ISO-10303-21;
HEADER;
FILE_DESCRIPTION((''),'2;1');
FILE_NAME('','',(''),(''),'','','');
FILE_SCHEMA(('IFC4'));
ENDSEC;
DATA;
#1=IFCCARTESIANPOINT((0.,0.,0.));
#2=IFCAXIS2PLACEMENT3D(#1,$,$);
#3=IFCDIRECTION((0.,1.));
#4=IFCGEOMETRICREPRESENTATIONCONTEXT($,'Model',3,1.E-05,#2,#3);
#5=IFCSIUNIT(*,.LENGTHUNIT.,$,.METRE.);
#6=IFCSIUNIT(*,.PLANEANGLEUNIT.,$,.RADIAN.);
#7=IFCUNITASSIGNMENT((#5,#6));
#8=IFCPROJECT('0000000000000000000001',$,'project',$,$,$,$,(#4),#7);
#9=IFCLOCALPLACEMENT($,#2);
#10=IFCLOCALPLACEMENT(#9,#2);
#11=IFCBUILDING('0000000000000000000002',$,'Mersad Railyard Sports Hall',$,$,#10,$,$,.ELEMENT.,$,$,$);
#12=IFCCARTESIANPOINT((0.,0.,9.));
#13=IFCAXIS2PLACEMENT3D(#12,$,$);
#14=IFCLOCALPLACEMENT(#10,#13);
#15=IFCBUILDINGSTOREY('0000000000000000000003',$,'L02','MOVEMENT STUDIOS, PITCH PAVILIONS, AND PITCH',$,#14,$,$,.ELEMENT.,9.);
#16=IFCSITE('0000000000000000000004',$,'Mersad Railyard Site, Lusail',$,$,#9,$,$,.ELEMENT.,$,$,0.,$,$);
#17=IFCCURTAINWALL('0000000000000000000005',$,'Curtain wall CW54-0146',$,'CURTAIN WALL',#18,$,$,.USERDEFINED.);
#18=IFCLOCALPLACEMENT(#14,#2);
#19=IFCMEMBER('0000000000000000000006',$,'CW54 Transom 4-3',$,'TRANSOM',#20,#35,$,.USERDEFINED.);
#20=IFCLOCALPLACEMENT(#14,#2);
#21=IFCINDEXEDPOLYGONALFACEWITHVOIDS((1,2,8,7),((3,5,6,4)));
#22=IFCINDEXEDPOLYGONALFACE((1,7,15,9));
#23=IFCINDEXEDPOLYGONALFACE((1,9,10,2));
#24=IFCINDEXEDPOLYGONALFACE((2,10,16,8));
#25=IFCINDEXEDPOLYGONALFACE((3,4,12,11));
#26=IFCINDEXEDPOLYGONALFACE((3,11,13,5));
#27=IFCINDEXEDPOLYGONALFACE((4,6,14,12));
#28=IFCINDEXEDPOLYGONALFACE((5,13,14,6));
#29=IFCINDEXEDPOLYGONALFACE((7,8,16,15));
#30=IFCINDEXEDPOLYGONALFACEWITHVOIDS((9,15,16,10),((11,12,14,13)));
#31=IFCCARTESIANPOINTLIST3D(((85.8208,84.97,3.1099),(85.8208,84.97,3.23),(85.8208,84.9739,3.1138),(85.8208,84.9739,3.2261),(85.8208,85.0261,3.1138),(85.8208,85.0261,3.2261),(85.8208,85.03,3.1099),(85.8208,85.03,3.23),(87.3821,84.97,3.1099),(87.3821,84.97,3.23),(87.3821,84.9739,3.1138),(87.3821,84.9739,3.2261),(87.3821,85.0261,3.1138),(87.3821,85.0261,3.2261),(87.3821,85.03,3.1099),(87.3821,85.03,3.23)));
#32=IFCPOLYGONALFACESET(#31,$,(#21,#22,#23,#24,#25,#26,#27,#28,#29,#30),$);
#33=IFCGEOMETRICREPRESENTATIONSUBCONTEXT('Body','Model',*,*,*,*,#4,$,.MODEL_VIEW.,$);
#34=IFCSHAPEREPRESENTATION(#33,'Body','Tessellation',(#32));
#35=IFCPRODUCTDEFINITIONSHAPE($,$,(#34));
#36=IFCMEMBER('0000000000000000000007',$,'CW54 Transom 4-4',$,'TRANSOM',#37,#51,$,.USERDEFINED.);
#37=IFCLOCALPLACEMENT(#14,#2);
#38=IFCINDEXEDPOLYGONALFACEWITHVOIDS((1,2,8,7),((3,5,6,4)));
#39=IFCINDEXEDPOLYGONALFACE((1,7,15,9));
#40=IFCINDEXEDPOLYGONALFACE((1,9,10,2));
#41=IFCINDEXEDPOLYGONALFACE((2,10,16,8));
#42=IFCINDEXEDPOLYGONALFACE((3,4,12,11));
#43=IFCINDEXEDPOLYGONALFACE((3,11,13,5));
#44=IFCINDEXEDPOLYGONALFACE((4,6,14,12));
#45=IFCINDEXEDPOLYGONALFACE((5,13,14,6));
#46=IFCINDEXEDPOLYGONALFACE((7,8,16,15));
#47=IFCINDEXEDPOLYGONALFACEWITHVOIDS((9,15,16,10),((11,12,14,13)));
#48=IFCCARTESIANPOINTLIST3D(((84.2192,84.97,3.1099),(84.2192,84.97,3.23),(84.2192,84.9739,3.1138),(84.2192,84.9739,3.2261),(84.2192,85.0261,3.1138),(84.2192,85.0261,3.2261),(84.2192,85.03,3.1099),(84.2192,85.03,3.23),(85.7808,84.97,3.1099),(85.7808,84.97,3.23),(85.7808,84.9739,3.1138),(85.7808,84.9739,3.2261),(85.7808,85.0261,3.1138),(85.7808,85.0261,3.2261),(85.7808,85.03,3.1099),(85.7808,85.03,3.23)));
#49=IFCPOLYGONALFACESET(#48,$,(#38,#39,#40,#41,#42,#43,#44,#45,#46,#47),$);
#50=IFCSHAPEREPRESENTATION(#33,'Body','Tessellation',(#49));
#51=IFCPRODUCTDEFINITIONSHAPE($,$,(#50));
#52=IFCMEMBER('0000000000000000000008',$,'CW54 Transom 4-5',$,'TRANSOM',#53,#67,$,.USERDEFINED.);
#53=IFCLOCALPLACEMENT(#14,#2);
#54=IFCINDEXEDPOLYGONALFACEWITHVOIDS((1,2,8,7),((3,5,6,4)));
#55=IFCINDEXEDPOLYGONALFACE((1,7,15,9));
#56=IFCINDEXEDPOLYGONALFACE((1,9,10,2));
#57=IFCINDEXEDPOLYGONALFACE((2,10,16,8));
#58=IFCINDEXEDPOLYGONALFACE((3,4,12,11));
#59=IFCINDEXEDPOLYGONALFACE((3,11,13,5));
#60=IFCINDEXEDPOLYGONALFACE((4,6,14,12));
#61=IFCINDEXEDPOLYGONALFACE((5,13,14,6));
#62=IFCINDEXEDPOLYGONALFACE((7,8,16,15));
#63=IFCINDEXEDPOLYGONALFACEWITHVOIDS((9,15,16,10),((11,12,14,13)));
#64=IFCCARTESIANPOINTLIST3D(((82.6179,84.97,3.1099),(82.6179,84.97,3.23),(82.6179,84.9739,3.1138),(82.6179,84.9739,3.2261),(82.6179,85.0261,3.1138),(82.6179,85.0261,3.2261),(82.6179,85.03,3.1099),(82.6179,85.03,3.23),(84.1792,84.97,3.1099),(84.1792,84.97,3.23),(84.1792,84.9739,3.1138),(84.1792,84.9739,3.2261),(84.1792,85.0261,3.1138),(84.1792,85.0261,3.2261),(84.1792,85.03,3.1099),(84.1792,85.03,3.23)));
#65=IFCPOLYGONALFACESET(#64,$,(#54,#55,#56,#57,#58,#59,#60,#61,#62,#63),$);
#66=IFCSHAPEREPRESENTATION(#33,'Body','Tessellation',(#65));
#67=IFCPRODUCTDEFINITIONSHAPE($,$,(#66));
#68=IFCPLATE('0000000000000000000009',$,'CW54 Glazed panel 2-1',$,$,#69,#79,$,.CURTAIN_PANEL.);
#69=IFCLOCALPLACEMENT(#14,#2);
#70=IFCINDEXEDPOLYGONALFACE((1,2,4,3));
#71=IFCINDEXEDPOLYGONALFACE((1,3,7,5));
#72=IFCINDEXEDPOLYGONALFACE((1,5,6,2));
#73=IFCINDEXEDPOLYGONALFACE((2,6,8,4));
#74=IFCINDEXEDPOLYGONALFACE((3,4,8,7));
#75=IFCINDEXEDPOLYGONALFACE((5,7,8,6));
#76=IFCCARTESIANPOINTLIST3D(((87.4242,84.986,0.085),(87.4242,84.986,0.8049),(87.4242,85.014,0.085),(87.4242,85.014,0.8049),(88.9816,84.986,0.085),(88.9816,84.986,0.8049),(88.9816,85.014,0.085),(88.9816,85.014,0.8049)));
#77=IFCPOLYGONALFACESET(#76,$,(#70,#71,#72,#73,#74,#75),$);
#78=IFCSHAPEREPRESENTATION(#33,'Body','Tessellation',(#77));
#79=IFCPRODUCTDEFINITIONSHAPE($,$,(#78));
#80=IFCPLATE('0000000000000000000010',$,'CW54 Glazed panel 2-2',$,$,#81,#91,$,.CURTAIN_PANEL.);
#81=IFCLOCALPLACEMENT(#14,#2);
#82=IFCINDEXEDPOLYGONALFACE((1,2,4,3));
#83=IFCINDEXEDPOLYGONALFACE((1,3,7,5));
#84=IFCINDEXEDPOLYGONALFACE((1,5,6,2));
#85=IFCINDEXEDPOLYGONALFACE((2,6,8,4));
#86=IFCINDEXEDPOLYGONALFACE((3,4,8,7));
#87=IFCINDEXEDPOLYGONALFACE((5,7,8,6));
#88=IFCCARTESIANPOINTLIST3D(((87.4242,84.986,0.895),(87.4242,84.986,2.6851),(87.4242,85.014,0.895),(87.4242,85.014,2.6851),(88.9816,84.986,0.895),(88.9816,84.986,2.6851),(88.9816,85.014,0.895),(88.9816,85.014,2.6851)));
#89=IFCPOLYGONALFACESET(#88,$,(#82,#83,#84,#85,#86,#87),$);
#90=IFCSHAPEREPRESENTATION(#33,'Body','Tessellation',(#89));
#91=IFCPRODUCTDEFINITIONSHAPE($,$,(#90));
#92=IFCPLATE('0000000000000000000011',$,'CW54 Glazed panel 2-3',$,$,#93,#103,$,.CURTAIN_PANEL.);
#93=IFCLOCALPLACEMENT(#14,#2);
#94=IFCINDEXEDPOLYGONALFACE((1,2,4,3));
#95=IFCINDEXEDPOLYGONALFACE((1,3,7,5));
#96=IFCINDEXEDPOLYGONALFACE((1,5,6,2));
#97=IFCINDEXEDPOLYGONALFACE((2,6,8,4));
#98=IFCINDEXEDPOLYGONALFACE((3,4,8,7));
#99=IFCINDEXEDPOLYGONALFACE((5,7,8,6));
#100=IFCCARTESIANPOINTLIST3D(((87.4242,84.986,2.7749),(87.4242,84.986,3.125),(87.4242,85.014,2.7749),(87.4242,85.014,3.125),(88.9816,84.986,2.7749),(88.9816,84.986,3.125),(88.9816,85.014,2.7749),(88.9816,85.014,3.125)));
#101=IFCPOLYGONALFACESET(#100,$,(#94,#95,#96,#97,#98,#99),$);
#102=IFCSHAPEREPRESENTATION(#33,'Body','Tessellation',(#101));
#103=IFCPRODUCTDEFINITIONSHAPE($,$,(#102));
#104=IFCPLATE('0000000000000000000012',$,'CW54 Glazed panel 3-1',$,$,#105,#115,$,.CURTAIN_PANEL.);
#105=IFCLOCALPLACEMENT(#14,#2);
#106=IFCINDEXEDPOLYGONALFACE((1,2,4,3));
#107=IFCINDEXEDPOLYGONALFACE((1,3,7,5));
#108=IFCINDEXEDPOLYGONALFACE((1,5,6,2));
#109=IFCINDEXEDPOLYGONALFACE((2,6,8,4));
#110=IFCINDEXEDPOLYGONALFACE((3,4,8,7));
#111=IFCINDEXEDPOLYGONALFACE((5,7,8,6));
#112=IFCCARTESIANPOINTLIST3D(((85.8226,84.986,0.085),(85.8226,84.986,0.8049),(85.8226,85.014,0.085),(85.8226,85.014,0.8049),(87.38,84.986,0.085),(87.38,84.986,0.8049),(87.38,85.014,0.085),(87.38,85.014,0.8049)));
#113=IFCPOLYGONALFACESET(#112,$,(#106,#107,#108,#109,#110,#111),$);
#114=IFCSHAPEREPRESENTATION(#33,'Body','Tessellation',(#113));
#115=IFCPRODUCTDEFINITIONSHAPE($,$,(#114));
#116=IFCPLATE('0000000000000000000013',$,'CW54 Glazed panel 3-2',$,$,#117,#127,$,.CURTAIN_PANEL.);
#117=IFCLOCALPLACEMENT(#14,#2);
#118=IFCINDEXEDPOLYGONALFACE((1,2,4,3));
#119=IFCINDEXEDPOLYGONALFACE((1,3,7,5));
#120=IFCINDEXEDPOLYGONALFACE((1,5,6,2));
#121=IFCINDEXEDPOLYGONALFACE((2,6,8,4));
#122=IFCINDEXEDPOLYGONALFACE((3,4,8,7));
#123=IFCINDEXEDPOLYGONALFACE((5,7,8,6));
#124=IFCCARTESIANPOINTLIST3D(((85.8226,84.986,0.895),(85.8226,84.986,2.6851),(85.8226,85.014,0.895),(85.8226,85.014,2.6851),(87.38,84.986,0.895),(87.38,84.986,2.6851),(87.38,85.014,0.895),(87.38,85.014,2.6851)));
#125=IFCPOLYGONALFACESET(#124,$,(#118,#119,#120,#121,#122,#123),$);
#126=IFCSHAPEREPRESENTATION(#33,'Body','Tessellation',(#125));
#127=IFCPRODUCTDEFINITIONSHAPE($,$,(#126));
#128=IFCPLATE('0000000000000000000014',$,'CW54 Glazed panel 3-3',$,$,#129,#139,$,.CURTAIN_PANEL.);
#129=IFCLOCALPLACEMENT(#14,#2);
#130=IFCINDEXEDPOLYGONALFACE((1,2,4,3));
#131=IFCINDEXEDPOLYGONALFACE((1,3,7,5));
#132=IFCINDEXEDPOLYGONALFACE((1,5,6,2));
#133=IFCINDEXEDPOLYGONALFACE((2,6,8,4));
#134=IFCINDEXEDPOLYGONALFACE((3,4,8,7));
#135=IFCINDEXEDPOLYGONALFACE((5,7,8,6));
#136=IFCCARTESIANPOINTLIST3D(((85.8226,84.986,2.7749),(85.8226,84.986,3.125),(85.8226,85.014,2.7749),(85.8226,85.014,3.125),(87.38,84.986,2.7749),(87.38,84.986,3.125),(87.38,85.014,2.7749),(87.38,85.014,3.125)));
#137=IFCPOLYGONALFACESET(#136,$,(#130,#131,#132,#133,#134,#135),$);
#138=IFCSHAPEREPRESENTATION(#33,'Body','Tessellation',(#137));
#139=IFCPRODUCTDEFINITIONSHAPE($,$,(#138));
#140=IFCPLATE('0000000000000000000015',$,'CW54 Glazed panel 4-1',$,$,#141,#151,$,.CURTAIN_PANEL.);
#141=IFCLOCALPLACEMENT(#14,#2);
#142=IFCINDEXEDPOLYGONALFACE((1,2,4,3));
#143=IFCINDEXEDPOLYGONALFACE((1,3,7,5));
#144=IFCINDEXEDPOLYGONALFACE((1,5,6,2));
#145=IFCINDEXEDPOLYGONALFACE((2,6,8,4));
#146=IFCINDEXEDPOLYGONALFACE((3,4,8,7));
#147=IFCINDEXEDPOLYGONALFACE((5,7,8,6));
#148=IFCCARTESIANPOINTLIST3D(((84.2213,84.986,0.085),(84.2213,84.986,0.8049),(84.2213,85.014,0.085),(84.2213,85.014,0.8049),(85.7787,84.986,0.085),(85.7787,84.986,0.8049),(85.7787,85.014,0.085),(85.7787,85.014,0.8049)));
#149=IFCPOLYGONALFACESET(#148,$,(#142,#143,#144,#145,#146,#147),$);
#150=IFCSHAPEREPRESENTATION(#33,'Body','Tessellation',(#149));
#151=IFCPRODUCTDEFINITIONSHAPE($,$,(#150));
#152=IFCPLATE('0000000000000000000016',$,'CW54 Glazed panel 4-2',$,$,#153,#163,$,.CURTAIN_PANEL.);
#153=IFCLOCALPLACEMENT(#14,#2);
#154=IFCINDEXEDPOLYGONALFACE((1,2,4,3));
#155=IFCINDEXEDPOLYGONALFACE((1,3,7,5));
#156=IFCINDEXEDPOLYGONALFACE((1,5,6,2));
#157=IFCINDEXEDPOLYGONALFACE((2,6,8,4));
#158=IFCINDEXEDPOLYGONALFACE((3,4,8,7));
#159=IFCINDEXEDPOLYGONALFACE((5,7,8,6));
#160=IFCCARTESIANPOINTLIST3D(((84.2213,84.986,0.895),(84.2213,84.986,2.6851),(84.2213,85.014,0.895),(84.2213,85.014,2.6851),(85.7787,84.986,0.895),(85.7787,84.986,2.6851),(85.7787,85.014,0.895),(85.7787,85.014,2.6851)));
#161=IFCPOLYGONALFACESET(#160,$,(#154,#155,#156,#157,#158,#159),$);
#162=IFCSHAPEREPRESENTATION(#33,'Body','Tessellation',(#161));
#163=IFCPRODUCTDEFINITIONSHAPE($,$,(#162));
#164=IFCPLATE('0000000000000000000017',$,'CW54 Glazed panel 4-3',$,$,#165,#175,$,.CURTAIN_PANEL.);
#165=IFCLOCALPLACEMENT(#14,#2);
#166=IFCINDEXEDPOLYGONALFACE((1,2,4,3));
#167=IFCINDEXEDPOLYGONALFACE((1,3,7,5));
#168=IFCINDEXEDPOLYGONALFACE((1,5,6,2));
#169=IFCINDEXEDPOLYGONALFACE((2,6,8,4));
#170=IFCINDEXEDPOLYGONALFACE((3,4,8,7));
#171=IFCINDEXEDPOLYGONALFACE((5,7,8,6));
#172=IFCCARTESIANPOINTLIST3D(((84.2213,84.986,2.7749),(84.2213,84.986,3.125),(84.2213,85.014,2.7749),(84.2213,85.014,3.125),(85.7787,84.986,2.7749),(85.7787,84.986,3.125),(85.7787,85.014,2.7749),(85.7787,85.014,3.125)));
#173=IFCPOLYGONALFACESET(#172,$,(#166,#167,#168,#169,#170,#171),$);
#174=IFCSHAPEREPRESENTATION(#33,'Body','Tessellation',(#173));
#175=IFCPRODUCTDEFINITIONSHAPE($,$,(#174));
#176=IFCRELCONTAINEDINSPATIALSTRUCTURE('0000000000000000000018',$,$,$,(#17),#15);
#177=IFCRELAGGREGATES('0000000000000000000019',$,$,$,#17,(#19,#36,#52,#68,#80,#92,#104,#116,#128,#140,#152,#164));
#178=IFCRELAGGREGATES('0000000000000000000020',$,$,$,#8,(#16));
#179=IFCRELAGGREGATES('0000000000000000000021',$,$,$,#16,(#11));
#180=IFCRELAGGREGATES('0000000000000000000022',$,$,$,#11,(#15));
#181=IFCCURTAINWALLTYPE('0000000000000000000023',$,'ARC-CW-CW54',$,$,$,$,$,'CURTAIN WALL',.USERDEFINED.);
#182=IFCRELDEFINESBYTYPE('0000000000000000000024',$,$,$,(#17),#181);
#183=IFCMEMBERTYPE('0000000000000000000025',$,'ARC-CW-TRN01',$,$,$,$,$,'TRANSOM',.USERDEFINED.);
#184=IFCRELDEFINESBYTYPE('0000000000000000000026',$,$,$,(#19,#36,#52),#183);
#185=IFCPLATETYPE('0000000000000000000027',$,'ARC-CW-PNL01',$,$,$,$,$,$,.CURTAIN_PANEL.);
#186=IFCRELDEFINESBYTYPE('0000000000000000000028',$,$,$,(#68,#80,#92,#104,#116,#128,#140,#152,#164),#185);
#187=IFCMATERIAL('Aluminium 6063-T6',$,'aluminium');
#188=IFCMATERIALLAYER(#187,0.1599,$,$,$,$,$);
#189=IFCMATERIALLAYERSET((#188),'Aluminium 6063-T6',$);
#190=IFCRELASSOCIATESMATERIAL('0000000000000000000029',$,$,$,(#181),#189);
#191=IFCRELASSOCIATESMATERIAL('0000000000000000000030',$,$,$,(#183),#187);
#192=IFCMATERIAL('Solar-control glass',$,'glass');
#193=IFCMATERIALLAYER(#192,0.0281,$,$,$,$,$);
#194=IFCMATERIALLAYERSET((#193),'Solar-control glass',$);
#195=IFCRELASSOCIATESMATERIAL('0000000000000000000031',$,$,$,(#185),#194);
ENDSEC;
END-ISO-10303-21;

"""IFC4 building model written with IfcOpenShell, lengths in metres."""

from ifc_helpers import new_model, si_unit, direction, frame, origin, origin_2d, place, context, subcontext, project, spatial, rectangle, hollow_rectangle, extrude, material, layer, layer_set, material_profile, profile_set, type_object, element, aggregate, save


model = new_model("IFC4")

# Units and contexts
model_context = context("Model", 3, precision=1e-05, world=origin(), true_north=direction((0.0, 1.0)))
body_context = subcontext(model_context, "Body", "Model", "MODEL_VIEW")
ifc_project = project(units=[si_unit("LENGTHUNIT", "METRE"), si_unit("PLANEANGLEUNIT", "RADIAN")], contexts=[model_context])

# Site, building, storey
site_placement = place(None, origin())
site = spatial("IfcSite", under=ifc_project, at=site_placement, Name="Mersad Railyard Site, Lusail", CompositionType="ELEMENT", RefElevation=0.0)
building_placement = place(site_placement, origin())
building = spatial("IfcBuilding", under=site, at=building_placement, Name="Mersad Railyard Sports Hall", CompositionType="ELEMENT")
storey_placement = place(building_placement, frame((0.0, 0.0, 9.0)))
storey = spatial("IfcBuildingStorey", under=building, at=storey_placement, Name="L02", Description="MOVEMENT STUDIOS, PITCH PAVILIONS, AND PITCH", CompositionType="ELEMENT", Elevation=9.0)

# Curtain wall, members, plates
ifc_material_1 = material(Name="Aluminium 6063-T6", Category="aluminium")
ifc_layer_1 = layer(ifc_material_1, 0.1599)
ifc_layer_set_1 = layer_set([ifc_layer_1], Name="Aluminium 6063-T6")
curtain_wall_type = type_object("IfcCurtainWallType", Name="ARC-CW-CW54", ElementType="CURTAIN WALL", PredefinedType="USERDEFINED", material=ifc_layer_set_1)
curtain_wall_placement = place(storey_placement, origin())
curtain_wall = element("IfcCurtainWall", 1, at=curtain_wall_placement, inside=storey, type_object=curtain_wall_type, Name="Curtain wall CW54-0146", ObjectType="CURTAIN WALL", PredefinedType="USERDEFINED")
ifc_material_profile_1 = material_profile(ifc_material_1, hollow_rectangle(XDim=0.0601, YDim=0.1201, WallThickness=0.0039, at=origin_2d()), Name="AL TRANSOM 60x120x4")
ifc_profile_set_1 = profile_set([ifc_material_profile_1], Name="Aluminium 6063-T6")
member_type_1 = type_object("IfcMemberType", Name="ARC-CW-TRN01", ElementType="TRANSOM", PredefinedType="USERDEFINED", material=ifc_profile_set_1)
member_1_placement = place(storey_placement, frame((87.3821, 85.0, 3.1699), z_axis=(-1.0, 0.0, 0.0), x_axis=(0.0, -1.0, 0.0)))
member_1 = element("IfcMember", 2, at=member_1_placement, type_object=member_type_1, Name="CW54 Transom 4-3", ObjectType="TRANSOM", PredefinedType="USERDEFINED", context=body_context, shape_type="SweptSolid", body=[
    extrude(hollow_rectangle(XDim=0.0601, YDim=0.1201, WallThickness=0.0039, at=origin_2d()), origin(), (0.0, 0.0, 1.0), 1.5613),
])
member_2_placement = place(storey_placement, frame((85.7808, 85.0, 3.1699), z_axis=(-1.0, 0.0, 0.0), x_axis=(0.0, -1.0, 0.0)))
member_2 = element("IfcMember", 3, at=member_2_placement, type_object=member_type_1, Name="CW54 Transom 4-4", ObjectType="TRANSOM", PredefinedType="USERDEFINED", context=body_context, shape_type="SweptSolid", body=[
    extrude(hollow_rectangle(XDim=0.0601, YDim=0.1201, WallThickness=0.0039, at=origin_2d()), origin(), (0.0, 0.0, 1.0), 1.5615),
])
member_3_placement = place(storey_placement, frame((84.1792, 85.0, 3.1699), z_axis=(-1.0, 0.0, 0.0), x_axis=(0.0, -1.0, 0.0)))
member_3 = element("IfcMember", 4, at=member_3_placement, type_object=member_type_1, Name="CW54 Transom 4-5", ObjectType="TRANSOM", PredefinedType="USERDEFINED", context=body_context, shape_type="SweptSolid", body=[
    extrude(hollow_rectangle(XDim=0.0601, YDim=0.1201, WallThickness=0.0039, at=origin_2d()), origin(), (0.0, 0.0, 1.0), 1.5613),
])
ifc_material_2 = material(Name="Solar-control glass", Category="glass")
ifc_layer_2 = layer(ifc_material_2, 0.0281)
ifc_layer_set_2 = layer_set([ifc_layer_2], Name="Solar-control glass")
plate_type = type_object("IfcPlateType", Name="ARC-CW-PNL01", PredefinedType="CURTAIN_PANEL", material=ifc_layer_set_2)
plate_1_placement = place(storey_placement, frame((88.2029, 85.0, 0.085), z_axis=(0.0, 0.0, 1.0), x_axis=(-1.0, 0.0, 0.0)))
plate_1 = element("IfcPlate", 5, at=plate_1_placement, type_object=plate_type, Name="CW54 Glazed panel 2-1", PredefinedType="CURTAIN_PANEL", context=body_context, shape_type="SweptSolid", body=[
    extrude(rectangle(XDim=1.5574, YDim=0.0281, at=origin_2d()), origin(), (0.0, 0.0, 1.0), 0.72),
])
plate_2_placement = place(storey_placement, frame((88.2029, 85.0, 0.895), z_axis=(0.0, 0.0, 1.0), x_axis=(-1.0, 0.0, 0.0)))
plate_2 = element("IfcPlate", 6, at=plate_2_placement, type_object=plate_type, Name="CW54 Glazed panel 2-2", PredefinedType="CURTAIN_PANEL", context=body_context, shape_type="SweptSolid", body=[
    extrude(rectangle(XDim=1.5574, YDim=0.0281, at=origin_2d()), origin(), (0.0, 0.0, 1.0), 1.79),
])
plate_3_placement = place(storey_placement, frame((88.2029, 85.0, 2.7749), z_axis=(0.0, 0.0, 1.0), x_axis=(-1.0, 0.0, 0.0)))
plate_3 = element("IfcPlate", 7, at=plate_3_placement, type_object=plate_type, Name="CW54 Glazed panel 2-3", PredefinedType="CURTAIN_PANEL", context=body_context, shape_type="SweptSolid", body=[
    extrude(rectangle(XDim=1.5574, YDim=0.0281, at=origin_2d()), origin(), (0.0, 0.0, 1.0), 0.3501),
])
plate_4_placement = place(storey_placement, frame((86.6013, 85.0, 0.085), z_axis=(0.0, 0.0, 1.0), x_axis=(-1.0, 0.0, 0.0)))
plate_4 = element("IfcPlate", 8, at=plate_4_placement, type_object=plate_type, Name="CW54 Glazed panel 3-1", PredefinedType="CURTAIN_PANEL", context=body_context, shape_type="SweptSolid", body=[
    extrude(rectangle(XDim=1.5574, YDim=0.0281, at=origin_2d()), origin(), (0.0, 0.0, 1.0), 0.72),
])
plate_5_placement = place(storey_placement, frame((86.6013, 85.0, 0.895), z_axis=(0.0, 0.0, 1.0), x_axis=(-1.0, 0.0, 0.0)))
plate_5 = element("IfcPlate", 9, at=plate_5_placement, type_object=plate_type, Name="CW54 Glazed panel 3-2", PredefinedType="CURTAIN_PANEL", context=body_context, shape_type="SweptSolid", body=[
    extrude(rectangle(XDim=1.5574, YDim=0.0281, at=origin_2d()), origin(), (0.0, 0.0, 1.0), 1.79),
])
plate_6_placement = place(storey_placement, frame((86.6013, 85.0, 2.7749), z_axis=(0.0, 0.0, 1.0), x_axis=(-1.0, 0.0, 0.0)))
plate_6 = element("IfcPlate", 10, at=plate_6_placement, type_object=plate_type, Name="CW54 Glazed panel 3-3", PredefinedType="CURTAIN_PANEL", context=body_context, shape_type="SweptSolid", body=[
    extrude(rectangle(XDim=1.5574, YDim=0.0281, at=origin_2d()), origin(), (0.0, 0.0, 1.0), 0.3501),
])
plate_7_placement = place(storey_placement, frame((85.0, 85.0, 0.085), z_axis=(0.0, 0.0, 1.0), x_axis=(-1.0, 0.0, 0.0)))
plate_7 = element("IfcPlate", 11, at=plate_7_placement, type_object=plate_type, Name="CW54 Glazed panel 4-1", PredefinedType="CURTAIN_PANEL", context=body_context, shape_type="SweptSolid", body=[
    extrude(rectangle(XDim=1.5574, YDim=0.0281, at=origin_2d()), origin(), (0.0, 0.0, 1.0), 0.72),
])
plate_8_placement = place(storey_placement, frame((85.0, 85.0, 0.895), z_axis=(0.0, 0.0, 1.0), x_axis=(-1.0, 0.0, 0.0)))
plate_8 = element("IfcPlate", 12, at=plate_8_placement, type_object=plate_type, Name="CW54 Glazed panel 4-2", PredefinedType="CURTAIN_PANEL", context=body_context, shape_type="SweptSolid", body=[
    extrude(rectangle(XDim=1.5574, YDim=0.0281, at=origin_2d()), origin(), (0.0, 0.0, 1.0), 1.79),
])
plate_9_placement = place(storey_placement, frame((85.0, 85.0, 2.7749), z_axis=(0.0, 0.0, 1.0), x_axis=(-1.0, 0.0, 0.0)))
plate_9 = element("IfcPlate", 13, at=plate_9_placement, type_object=plate_type, Name="CW54 Glazed panel 4-3", PredefinedType="CURTAIN_PANEL", context=body_context, shape_type="SweptSolid", body=[
    extrude(rectangle(XDim=1.5574, YDim=0.0281, at=origin_2d()), origin(), (0.0, 0.0, 1.0), 0.3501),
])
aggregate(curtain_wall, [member_1, member_2, member_3, plate_1, plate_2, plate_3, plate_4, plate_5, plate_6, plate_7, plate_8, plate_9])

save(model, "model.ifc")
